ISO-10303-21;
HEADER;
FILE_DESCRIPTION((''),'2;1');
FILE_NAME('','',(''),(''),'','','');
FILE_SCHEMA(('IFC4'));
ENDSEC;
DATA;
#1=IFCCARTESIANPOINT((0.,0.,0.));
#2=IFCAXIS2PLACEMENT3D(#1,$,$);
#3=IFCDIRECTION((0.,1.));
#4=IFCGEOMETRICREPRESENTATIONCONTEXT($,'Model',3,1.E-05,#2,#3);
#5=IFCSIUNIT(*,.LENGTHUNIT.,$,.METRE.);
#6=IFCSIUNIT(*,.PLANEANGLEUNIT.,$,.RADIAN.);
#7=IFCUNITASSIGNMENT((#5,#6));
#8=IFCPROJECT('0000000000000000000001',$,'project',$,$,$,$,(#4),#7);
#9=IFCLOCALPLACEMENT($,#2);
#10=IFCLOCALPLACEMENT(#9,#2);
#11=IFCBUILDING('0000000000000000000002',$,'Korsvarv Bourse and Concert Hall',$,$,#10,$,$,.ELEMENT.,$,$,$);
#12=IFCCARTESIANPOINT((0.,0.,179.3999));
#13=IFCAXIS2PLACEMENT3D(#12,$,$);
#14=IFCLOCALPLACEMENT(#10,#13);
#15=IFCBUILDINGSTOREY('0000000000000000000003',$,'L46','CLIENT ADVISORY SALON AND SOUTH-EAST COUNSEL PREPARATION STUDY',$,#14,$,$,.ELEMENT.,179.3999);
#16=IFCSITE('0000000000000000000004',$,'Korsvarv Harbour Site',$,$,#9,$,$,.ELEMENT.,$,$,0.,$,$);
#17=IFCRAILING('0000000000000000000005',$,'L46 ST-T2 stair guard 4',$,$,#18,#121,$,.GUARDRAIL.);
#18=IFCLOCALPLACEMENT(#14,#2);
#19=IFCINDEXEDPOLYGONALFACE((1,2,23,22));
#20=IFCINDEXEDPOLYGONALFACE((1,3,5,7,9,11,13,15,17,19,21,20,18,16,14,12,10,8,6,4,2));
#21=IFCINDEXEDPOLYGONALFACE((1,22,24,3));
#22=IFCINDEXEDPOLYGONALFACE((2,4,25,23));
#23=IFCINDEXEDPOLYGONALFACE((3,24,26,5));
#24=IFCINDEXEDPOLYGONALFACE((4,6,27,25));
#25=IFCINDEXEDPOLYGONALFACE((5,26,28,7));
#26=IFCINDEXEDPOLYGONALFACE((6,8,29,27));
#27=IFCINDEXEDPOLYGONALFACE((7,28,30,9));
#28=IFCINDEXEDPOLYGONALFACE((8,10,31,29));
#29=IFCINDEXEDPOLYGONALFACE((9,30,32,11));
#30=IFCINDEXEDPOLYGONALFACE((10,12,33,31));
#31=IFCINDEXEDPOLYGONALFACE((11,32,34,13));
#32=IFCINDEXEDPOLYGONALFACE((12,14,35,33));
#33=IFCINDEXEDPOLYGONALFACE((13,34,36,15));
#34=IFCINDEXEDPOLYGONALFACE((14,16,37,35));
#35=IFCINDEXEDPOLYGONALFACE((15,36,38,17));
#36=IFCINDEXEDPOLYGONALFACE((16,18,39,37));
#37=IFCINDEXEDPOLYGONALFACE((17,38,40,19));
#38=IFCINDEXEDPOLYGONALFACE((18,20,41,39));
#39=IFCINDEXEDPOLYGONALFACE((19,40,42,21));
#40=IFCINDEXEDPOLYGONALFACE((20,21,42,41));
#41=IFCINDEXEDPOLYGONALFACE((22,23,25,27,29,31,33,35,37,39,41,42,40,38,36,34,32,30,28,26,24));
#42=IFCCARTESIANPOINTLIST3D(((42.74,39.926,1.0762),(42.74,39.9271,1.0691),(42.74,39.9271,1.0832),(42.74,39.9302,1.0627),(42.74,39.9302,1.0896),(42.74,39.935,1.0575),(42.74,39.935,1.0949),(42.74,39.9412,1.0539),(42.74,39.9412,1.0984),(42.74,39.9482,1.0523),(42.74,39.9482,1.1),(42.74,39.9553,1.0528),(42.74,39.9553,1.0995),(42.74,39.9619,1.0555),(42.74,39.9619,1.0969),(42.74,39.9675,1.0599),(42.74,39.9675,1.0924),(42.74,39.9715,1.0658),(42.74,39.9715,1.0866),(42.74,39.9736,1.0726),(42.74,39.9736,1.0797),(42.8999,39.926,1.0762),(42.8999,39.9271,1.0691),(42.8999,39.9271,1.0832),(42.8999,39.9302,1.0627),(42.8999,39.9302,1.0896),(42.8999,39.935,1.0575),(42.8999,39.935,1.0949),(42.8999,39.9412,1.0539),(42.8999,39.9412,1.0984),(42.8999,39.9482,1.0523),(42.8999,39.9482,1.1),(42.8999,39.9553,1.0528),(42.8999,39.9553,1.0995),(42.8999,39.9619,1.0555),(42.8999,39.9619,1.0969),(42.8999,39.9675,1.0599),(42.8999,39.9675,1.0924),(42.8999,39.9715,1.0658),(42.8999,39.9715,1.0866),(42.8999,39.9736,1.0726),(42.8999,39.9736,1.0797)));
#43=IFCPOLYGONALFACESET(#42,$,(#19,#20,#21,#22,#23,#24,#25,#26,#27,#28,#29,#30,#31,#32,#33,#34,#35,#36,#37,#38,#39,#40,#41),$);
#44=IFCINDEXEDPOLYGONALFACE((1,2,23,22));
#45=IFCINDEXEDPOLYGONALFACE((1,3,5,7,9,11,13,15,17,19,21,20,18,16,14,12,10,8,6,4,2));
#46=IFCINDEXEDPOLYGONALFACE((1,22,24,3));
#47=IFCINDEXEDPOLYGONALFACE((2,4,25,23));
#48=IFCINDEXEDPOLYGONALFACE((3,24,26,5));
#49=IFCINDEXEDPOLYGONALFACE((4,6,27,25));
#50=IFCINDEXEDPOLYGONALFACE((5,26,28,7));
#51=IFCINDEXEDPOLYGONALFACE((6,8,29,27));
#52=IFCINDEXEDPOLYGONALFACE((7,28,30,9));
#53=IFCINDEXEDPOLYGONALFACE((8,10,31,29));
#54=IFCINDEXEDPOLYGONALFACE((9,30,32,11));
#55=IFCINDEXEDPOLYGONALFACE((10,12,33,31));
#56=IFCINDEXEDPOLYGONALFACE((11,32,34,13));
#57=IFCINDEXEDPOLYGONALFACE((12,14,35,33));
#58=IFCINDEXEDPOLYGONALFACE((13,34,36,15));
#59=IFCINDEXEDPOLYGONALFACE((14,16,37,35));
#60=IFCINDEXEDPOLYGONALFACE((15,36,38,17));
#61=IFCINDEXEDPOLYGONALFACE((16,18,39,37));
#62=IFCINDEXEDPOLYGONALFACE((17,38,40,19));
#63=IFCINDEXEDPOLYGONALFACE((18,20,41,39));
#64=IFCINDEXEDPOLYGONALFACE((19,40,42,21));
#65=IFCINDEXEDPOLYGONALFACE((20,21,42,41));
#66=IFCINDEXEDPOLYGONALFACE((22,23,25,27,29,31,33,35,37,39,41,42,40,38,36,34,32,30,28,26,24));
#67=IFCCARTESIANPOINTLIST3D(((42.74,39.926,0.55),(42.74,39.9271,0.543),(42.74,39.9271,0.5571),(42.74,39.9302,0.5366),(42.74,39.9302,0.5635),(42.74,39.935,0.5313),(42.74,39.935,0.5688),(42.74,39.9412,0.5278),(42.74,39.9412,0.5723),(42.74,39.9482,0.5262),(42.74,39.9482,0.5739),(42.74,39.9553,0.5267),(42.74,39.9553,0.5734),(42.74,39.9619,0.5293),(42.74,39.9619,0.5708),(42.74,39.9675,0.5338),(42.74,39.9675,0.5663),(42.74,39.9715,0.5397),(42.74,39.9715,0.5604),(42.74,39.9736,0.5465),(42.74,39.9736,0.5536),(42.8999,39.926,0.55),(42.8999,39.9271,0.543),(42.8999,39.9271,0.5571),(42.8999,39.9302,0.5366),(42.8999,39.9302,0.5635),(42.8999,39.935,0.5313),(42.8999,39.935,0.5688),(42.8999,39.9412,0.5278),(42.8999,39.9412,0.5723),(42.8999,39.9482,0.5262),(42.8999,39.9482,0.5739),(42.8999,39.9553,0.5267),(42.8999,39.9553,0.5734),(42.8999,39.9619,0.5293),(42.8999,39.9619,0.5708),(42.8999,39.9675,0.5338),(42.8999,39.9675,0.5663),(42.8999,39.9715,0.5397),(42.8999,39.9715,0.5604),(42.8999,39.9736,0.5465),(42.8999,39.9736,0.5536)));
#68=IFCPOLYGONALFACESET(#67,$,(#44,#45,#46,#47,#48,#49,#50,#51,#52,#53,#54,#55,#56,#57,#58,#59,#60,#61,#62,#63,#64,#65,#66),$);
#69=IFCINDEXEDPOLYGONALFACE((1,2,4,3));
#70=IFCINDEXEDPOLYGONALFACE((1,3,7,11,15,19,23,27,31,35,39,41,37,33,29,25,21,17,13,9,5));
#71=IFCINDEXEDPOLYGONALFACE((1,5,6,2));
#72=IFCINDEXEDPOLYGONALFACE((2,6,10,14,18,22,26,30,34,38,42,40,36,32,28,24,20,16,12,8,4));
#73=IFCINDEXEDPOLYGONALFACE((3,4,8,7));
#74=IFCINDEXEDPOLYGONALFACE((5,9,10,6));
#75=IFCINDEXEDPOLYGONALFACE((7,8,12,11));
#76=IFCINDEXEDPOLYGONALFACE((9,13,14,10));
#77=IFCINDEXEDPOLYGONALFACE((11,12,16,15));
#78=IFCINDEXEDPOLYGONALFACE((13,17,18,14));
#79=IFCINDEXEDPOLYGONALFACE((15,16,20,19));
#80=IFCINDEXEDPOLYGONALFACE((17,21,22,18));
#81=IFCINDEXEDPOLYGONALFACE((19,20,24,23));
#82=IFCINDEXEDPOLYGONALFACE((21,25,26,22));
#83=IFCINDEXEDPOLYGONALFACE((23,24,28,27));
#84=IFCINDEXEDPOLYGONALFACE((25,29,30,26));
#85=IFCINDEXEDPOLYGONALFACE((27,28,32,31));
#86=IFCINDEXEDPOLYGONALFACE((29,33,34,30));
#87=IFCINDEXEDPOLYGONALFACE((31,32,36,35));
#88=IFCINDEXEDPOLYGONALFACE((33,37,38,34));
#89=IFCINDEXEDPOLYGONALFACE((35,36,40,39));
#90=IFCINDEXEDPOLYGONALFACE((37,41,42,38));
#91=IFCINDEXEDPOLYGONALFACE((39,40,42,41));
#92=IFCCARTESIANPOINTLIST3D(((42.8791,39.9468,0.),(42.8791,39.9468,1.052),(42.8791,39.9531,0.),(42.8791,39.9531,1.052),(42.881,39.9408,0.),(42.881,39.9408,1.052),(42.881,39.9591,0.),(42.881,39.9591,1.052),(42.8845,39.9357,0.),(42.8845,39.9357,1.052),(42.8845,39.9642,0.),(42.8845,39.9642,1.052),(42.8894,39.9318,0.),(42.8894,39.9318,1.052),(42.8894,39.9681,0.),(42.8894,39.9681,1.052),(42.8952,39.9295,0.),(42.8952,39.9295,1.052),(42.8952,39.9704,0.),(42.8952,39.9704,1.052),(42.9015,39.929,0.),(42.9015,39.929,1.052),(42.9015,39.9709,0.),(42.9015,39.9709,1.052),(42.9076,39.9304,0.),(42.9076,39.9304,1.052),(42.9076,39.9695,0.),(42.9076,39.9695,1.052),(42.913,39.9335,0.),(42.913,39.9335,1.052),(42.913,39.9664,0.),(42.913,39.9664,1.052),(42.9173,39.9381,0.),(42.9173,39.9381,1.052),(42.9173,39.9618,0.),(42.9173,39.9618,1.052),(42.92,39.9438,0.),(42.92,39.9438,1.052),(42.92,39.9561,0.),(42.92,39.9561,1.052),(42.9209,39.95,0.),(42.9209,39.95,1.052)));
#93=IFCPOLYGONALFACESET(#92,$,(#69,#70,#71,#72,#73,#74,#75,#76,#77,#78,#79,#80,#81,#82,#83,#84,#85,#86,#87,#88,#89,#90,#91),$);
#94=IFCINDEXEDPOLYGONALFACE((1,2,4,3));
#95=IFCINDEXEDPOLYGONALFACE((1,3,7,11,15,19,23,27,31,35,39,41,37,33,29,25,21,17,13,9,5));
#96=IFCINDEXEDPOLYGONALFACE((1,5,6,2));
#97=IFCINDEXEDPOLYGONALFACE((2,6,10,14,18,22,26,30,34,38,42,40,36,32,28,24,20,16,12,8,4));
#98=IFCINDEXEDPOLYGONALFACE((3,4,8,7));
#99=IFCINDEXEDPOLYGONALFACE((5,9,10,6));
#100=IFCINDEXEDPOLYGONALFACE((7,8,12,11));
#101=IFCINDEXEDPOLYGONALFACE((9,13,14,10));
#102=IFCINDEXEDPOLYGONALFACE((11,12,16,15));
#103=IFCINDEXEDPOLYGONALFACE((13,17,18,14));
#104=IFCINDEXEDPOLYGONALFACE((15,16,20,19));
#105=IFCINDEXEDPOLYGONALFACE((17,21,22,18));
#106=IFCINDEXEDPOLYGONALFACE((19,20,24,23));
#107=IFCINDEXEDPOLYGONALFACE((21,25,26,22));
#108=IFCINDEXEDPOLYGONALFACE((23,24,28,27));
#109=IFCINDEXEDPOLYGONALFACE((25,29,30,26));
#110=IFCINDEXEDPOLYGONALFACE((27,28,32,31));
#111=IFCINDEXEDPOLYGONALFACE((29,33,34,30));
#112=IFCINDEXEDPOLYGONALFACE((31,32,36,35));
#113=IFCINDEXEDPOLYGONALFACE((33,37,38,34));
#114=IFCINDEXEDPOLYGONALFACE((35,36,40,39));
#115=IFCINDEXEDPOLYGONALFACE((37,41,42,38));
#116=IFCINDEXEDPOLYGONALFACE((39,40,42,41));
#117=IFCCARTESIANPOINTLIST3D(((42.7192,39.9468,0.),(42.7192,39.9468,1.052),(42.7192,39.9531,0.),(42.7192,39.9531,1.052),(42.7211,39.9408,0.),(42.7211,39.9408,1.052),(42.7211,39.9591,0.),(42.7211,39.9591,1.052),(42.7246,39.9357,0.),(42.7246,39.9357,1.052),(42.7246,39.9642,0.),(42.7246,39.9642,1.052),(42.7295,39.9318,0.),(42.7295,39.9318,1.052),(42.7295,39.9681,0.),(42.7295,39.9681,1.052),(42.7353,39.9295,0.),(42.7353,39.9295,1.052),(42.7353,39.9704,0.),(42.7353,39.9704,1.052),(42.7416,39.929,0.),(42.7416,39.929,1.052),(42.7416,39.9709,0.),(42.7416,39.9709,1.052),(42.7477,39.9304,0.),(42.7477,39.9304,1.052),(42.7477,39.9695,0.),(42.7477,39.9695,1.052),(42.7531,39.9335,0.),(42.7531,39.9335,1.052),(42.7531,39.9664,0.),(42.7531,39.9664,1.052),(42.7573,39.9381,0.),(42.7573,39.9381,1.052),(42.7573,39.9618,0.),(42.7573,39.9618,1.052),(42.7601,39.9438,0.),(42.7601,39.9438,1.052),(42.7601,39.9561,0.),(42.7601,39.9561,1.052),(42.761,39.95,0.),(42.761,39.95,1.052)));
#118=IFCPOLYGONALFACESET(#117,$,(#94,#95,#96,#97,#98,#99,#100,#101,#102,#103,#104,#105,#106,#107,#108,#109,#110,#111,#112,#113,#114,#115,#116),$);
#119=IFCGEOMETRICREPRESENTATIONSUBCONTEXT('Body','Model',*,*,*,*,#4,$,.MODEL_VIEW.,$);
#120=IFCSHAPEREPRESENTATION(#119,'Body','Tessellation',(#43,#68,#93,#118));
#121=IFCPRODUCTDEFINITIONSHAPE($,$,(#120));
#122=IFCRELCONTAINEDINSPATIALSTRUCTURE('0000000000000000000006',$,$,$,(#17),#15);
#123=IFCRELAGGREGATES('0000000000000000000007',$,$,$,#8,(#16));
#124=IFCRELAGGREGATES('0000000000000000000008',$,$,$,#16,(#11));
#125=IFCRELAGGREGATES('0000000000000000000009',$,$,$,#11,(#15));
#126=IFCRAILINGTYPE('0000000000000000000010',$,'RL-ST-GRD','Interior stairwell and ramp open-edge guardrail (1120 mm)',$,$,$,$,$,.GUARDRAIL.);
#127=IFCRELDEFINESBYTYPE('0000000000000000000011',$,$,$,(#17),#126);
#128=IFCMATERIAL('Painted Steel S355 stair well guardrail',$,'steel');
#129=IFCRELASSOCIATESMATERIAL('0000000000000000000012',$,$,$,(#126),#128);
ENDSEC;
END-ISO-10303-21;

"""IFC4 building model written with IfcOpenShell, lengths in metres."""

from ifc_helpers import new_model, si_unit, direction, frame, origin, origin_2d, place, context, subcontext, project, spatial, circle, extrude, material, type_object, element, save


model = new_model("IFC4")

# Units and contexts
model_context = context("Model", 3, precision=1e-05, world=origin(), true_north=direction((0.0, 1.0)))
body_context = subcontext(model_context, "Body", "Model", "MODEL_VIEW")
ifc_project = project(units=[si_unit("LENGTHUNIT", "METRE"), si_unit("PLANEANGLEUNIT", "RADIAN")], contexts=[model_context])

# Site, building, storey
site_placement = place(None, origin())
site = spatial("IfcSite", under=ifc_project, at=site_placement, Name="Korsvarv Harbour Site", CompositionType="ELEMENT", RefElevation=0.0)
building_placement = place(site_placement, origin())
building = spatial("IfcBuilding", under=site, at=building_placement, Name="Korsvarv Bourse and Concert Hall", CompositionType="ELEMENT")
storey_placement = place(building_placement, frame((0.0, 0.0, 179.3999)))
storey = spatial("IfcBuildingStorey", under=building, at=storey_placement, Name="L46", Description="CLIENT ADVISORY SALON AND SOUTH-EAST COUNSEL PREPARATION STUDY", CompositionType="ELEMENT", Elevation=179.3999)

# Railing
ifc_material_1 = material(Name="Painted Steel S355 stair well guardrail", Category="steel")
railing_type_1 = type_object("IfcRailingType", Name="RL-ST-GRD", Description="Interior stairwell and ramp open-edge guardrail (1120 mm)", PredefinedType="GUARDRAIL", material=ifc_material_1)
railing_1_placement = place(storey_placement, frame((42.8999, 39.95, 0.0)))
element("IfcRailing", 1, at=railing_1_placement, inside=storey, type_object=railing_type_1, Name="L46 ST-T2 stair guard 4", PredefinedType="GUARDRAIL", context=body_context, shape_type="SweptSolid", body=[
    extrude(circle(Radius=0.0239, at=origin_2d()), frame((0.0, 0.0, 1.0762), z_axis=(-1.0, 0.0, 0.0), x_axis=(0.0, -1.0, 0.0)), (0.0, 0.0, 1.0), 0.1599),
    extrude(circle(Radius=0.0239, at=origin_2d()), frame((0.0, 0.0, 0.55), z_axis=(-1.0, 0.0, 0.0), x_axis=(0.0, -1.0, 0.0)), (0.0, 0.0, 1.0), 0.1599),
    extrude(circle(Radius=0.021, at=origin_2d()), origin(), (0.0, 0.0, 1.0), 1.052),
    extrude(circle(Radius=0.021, at=origin_2d()), frame((-0.1599, 0.0, 0.0)), (0.0, 0.0, 1.0), 1.052),
])

save(model, "model.ifc")
